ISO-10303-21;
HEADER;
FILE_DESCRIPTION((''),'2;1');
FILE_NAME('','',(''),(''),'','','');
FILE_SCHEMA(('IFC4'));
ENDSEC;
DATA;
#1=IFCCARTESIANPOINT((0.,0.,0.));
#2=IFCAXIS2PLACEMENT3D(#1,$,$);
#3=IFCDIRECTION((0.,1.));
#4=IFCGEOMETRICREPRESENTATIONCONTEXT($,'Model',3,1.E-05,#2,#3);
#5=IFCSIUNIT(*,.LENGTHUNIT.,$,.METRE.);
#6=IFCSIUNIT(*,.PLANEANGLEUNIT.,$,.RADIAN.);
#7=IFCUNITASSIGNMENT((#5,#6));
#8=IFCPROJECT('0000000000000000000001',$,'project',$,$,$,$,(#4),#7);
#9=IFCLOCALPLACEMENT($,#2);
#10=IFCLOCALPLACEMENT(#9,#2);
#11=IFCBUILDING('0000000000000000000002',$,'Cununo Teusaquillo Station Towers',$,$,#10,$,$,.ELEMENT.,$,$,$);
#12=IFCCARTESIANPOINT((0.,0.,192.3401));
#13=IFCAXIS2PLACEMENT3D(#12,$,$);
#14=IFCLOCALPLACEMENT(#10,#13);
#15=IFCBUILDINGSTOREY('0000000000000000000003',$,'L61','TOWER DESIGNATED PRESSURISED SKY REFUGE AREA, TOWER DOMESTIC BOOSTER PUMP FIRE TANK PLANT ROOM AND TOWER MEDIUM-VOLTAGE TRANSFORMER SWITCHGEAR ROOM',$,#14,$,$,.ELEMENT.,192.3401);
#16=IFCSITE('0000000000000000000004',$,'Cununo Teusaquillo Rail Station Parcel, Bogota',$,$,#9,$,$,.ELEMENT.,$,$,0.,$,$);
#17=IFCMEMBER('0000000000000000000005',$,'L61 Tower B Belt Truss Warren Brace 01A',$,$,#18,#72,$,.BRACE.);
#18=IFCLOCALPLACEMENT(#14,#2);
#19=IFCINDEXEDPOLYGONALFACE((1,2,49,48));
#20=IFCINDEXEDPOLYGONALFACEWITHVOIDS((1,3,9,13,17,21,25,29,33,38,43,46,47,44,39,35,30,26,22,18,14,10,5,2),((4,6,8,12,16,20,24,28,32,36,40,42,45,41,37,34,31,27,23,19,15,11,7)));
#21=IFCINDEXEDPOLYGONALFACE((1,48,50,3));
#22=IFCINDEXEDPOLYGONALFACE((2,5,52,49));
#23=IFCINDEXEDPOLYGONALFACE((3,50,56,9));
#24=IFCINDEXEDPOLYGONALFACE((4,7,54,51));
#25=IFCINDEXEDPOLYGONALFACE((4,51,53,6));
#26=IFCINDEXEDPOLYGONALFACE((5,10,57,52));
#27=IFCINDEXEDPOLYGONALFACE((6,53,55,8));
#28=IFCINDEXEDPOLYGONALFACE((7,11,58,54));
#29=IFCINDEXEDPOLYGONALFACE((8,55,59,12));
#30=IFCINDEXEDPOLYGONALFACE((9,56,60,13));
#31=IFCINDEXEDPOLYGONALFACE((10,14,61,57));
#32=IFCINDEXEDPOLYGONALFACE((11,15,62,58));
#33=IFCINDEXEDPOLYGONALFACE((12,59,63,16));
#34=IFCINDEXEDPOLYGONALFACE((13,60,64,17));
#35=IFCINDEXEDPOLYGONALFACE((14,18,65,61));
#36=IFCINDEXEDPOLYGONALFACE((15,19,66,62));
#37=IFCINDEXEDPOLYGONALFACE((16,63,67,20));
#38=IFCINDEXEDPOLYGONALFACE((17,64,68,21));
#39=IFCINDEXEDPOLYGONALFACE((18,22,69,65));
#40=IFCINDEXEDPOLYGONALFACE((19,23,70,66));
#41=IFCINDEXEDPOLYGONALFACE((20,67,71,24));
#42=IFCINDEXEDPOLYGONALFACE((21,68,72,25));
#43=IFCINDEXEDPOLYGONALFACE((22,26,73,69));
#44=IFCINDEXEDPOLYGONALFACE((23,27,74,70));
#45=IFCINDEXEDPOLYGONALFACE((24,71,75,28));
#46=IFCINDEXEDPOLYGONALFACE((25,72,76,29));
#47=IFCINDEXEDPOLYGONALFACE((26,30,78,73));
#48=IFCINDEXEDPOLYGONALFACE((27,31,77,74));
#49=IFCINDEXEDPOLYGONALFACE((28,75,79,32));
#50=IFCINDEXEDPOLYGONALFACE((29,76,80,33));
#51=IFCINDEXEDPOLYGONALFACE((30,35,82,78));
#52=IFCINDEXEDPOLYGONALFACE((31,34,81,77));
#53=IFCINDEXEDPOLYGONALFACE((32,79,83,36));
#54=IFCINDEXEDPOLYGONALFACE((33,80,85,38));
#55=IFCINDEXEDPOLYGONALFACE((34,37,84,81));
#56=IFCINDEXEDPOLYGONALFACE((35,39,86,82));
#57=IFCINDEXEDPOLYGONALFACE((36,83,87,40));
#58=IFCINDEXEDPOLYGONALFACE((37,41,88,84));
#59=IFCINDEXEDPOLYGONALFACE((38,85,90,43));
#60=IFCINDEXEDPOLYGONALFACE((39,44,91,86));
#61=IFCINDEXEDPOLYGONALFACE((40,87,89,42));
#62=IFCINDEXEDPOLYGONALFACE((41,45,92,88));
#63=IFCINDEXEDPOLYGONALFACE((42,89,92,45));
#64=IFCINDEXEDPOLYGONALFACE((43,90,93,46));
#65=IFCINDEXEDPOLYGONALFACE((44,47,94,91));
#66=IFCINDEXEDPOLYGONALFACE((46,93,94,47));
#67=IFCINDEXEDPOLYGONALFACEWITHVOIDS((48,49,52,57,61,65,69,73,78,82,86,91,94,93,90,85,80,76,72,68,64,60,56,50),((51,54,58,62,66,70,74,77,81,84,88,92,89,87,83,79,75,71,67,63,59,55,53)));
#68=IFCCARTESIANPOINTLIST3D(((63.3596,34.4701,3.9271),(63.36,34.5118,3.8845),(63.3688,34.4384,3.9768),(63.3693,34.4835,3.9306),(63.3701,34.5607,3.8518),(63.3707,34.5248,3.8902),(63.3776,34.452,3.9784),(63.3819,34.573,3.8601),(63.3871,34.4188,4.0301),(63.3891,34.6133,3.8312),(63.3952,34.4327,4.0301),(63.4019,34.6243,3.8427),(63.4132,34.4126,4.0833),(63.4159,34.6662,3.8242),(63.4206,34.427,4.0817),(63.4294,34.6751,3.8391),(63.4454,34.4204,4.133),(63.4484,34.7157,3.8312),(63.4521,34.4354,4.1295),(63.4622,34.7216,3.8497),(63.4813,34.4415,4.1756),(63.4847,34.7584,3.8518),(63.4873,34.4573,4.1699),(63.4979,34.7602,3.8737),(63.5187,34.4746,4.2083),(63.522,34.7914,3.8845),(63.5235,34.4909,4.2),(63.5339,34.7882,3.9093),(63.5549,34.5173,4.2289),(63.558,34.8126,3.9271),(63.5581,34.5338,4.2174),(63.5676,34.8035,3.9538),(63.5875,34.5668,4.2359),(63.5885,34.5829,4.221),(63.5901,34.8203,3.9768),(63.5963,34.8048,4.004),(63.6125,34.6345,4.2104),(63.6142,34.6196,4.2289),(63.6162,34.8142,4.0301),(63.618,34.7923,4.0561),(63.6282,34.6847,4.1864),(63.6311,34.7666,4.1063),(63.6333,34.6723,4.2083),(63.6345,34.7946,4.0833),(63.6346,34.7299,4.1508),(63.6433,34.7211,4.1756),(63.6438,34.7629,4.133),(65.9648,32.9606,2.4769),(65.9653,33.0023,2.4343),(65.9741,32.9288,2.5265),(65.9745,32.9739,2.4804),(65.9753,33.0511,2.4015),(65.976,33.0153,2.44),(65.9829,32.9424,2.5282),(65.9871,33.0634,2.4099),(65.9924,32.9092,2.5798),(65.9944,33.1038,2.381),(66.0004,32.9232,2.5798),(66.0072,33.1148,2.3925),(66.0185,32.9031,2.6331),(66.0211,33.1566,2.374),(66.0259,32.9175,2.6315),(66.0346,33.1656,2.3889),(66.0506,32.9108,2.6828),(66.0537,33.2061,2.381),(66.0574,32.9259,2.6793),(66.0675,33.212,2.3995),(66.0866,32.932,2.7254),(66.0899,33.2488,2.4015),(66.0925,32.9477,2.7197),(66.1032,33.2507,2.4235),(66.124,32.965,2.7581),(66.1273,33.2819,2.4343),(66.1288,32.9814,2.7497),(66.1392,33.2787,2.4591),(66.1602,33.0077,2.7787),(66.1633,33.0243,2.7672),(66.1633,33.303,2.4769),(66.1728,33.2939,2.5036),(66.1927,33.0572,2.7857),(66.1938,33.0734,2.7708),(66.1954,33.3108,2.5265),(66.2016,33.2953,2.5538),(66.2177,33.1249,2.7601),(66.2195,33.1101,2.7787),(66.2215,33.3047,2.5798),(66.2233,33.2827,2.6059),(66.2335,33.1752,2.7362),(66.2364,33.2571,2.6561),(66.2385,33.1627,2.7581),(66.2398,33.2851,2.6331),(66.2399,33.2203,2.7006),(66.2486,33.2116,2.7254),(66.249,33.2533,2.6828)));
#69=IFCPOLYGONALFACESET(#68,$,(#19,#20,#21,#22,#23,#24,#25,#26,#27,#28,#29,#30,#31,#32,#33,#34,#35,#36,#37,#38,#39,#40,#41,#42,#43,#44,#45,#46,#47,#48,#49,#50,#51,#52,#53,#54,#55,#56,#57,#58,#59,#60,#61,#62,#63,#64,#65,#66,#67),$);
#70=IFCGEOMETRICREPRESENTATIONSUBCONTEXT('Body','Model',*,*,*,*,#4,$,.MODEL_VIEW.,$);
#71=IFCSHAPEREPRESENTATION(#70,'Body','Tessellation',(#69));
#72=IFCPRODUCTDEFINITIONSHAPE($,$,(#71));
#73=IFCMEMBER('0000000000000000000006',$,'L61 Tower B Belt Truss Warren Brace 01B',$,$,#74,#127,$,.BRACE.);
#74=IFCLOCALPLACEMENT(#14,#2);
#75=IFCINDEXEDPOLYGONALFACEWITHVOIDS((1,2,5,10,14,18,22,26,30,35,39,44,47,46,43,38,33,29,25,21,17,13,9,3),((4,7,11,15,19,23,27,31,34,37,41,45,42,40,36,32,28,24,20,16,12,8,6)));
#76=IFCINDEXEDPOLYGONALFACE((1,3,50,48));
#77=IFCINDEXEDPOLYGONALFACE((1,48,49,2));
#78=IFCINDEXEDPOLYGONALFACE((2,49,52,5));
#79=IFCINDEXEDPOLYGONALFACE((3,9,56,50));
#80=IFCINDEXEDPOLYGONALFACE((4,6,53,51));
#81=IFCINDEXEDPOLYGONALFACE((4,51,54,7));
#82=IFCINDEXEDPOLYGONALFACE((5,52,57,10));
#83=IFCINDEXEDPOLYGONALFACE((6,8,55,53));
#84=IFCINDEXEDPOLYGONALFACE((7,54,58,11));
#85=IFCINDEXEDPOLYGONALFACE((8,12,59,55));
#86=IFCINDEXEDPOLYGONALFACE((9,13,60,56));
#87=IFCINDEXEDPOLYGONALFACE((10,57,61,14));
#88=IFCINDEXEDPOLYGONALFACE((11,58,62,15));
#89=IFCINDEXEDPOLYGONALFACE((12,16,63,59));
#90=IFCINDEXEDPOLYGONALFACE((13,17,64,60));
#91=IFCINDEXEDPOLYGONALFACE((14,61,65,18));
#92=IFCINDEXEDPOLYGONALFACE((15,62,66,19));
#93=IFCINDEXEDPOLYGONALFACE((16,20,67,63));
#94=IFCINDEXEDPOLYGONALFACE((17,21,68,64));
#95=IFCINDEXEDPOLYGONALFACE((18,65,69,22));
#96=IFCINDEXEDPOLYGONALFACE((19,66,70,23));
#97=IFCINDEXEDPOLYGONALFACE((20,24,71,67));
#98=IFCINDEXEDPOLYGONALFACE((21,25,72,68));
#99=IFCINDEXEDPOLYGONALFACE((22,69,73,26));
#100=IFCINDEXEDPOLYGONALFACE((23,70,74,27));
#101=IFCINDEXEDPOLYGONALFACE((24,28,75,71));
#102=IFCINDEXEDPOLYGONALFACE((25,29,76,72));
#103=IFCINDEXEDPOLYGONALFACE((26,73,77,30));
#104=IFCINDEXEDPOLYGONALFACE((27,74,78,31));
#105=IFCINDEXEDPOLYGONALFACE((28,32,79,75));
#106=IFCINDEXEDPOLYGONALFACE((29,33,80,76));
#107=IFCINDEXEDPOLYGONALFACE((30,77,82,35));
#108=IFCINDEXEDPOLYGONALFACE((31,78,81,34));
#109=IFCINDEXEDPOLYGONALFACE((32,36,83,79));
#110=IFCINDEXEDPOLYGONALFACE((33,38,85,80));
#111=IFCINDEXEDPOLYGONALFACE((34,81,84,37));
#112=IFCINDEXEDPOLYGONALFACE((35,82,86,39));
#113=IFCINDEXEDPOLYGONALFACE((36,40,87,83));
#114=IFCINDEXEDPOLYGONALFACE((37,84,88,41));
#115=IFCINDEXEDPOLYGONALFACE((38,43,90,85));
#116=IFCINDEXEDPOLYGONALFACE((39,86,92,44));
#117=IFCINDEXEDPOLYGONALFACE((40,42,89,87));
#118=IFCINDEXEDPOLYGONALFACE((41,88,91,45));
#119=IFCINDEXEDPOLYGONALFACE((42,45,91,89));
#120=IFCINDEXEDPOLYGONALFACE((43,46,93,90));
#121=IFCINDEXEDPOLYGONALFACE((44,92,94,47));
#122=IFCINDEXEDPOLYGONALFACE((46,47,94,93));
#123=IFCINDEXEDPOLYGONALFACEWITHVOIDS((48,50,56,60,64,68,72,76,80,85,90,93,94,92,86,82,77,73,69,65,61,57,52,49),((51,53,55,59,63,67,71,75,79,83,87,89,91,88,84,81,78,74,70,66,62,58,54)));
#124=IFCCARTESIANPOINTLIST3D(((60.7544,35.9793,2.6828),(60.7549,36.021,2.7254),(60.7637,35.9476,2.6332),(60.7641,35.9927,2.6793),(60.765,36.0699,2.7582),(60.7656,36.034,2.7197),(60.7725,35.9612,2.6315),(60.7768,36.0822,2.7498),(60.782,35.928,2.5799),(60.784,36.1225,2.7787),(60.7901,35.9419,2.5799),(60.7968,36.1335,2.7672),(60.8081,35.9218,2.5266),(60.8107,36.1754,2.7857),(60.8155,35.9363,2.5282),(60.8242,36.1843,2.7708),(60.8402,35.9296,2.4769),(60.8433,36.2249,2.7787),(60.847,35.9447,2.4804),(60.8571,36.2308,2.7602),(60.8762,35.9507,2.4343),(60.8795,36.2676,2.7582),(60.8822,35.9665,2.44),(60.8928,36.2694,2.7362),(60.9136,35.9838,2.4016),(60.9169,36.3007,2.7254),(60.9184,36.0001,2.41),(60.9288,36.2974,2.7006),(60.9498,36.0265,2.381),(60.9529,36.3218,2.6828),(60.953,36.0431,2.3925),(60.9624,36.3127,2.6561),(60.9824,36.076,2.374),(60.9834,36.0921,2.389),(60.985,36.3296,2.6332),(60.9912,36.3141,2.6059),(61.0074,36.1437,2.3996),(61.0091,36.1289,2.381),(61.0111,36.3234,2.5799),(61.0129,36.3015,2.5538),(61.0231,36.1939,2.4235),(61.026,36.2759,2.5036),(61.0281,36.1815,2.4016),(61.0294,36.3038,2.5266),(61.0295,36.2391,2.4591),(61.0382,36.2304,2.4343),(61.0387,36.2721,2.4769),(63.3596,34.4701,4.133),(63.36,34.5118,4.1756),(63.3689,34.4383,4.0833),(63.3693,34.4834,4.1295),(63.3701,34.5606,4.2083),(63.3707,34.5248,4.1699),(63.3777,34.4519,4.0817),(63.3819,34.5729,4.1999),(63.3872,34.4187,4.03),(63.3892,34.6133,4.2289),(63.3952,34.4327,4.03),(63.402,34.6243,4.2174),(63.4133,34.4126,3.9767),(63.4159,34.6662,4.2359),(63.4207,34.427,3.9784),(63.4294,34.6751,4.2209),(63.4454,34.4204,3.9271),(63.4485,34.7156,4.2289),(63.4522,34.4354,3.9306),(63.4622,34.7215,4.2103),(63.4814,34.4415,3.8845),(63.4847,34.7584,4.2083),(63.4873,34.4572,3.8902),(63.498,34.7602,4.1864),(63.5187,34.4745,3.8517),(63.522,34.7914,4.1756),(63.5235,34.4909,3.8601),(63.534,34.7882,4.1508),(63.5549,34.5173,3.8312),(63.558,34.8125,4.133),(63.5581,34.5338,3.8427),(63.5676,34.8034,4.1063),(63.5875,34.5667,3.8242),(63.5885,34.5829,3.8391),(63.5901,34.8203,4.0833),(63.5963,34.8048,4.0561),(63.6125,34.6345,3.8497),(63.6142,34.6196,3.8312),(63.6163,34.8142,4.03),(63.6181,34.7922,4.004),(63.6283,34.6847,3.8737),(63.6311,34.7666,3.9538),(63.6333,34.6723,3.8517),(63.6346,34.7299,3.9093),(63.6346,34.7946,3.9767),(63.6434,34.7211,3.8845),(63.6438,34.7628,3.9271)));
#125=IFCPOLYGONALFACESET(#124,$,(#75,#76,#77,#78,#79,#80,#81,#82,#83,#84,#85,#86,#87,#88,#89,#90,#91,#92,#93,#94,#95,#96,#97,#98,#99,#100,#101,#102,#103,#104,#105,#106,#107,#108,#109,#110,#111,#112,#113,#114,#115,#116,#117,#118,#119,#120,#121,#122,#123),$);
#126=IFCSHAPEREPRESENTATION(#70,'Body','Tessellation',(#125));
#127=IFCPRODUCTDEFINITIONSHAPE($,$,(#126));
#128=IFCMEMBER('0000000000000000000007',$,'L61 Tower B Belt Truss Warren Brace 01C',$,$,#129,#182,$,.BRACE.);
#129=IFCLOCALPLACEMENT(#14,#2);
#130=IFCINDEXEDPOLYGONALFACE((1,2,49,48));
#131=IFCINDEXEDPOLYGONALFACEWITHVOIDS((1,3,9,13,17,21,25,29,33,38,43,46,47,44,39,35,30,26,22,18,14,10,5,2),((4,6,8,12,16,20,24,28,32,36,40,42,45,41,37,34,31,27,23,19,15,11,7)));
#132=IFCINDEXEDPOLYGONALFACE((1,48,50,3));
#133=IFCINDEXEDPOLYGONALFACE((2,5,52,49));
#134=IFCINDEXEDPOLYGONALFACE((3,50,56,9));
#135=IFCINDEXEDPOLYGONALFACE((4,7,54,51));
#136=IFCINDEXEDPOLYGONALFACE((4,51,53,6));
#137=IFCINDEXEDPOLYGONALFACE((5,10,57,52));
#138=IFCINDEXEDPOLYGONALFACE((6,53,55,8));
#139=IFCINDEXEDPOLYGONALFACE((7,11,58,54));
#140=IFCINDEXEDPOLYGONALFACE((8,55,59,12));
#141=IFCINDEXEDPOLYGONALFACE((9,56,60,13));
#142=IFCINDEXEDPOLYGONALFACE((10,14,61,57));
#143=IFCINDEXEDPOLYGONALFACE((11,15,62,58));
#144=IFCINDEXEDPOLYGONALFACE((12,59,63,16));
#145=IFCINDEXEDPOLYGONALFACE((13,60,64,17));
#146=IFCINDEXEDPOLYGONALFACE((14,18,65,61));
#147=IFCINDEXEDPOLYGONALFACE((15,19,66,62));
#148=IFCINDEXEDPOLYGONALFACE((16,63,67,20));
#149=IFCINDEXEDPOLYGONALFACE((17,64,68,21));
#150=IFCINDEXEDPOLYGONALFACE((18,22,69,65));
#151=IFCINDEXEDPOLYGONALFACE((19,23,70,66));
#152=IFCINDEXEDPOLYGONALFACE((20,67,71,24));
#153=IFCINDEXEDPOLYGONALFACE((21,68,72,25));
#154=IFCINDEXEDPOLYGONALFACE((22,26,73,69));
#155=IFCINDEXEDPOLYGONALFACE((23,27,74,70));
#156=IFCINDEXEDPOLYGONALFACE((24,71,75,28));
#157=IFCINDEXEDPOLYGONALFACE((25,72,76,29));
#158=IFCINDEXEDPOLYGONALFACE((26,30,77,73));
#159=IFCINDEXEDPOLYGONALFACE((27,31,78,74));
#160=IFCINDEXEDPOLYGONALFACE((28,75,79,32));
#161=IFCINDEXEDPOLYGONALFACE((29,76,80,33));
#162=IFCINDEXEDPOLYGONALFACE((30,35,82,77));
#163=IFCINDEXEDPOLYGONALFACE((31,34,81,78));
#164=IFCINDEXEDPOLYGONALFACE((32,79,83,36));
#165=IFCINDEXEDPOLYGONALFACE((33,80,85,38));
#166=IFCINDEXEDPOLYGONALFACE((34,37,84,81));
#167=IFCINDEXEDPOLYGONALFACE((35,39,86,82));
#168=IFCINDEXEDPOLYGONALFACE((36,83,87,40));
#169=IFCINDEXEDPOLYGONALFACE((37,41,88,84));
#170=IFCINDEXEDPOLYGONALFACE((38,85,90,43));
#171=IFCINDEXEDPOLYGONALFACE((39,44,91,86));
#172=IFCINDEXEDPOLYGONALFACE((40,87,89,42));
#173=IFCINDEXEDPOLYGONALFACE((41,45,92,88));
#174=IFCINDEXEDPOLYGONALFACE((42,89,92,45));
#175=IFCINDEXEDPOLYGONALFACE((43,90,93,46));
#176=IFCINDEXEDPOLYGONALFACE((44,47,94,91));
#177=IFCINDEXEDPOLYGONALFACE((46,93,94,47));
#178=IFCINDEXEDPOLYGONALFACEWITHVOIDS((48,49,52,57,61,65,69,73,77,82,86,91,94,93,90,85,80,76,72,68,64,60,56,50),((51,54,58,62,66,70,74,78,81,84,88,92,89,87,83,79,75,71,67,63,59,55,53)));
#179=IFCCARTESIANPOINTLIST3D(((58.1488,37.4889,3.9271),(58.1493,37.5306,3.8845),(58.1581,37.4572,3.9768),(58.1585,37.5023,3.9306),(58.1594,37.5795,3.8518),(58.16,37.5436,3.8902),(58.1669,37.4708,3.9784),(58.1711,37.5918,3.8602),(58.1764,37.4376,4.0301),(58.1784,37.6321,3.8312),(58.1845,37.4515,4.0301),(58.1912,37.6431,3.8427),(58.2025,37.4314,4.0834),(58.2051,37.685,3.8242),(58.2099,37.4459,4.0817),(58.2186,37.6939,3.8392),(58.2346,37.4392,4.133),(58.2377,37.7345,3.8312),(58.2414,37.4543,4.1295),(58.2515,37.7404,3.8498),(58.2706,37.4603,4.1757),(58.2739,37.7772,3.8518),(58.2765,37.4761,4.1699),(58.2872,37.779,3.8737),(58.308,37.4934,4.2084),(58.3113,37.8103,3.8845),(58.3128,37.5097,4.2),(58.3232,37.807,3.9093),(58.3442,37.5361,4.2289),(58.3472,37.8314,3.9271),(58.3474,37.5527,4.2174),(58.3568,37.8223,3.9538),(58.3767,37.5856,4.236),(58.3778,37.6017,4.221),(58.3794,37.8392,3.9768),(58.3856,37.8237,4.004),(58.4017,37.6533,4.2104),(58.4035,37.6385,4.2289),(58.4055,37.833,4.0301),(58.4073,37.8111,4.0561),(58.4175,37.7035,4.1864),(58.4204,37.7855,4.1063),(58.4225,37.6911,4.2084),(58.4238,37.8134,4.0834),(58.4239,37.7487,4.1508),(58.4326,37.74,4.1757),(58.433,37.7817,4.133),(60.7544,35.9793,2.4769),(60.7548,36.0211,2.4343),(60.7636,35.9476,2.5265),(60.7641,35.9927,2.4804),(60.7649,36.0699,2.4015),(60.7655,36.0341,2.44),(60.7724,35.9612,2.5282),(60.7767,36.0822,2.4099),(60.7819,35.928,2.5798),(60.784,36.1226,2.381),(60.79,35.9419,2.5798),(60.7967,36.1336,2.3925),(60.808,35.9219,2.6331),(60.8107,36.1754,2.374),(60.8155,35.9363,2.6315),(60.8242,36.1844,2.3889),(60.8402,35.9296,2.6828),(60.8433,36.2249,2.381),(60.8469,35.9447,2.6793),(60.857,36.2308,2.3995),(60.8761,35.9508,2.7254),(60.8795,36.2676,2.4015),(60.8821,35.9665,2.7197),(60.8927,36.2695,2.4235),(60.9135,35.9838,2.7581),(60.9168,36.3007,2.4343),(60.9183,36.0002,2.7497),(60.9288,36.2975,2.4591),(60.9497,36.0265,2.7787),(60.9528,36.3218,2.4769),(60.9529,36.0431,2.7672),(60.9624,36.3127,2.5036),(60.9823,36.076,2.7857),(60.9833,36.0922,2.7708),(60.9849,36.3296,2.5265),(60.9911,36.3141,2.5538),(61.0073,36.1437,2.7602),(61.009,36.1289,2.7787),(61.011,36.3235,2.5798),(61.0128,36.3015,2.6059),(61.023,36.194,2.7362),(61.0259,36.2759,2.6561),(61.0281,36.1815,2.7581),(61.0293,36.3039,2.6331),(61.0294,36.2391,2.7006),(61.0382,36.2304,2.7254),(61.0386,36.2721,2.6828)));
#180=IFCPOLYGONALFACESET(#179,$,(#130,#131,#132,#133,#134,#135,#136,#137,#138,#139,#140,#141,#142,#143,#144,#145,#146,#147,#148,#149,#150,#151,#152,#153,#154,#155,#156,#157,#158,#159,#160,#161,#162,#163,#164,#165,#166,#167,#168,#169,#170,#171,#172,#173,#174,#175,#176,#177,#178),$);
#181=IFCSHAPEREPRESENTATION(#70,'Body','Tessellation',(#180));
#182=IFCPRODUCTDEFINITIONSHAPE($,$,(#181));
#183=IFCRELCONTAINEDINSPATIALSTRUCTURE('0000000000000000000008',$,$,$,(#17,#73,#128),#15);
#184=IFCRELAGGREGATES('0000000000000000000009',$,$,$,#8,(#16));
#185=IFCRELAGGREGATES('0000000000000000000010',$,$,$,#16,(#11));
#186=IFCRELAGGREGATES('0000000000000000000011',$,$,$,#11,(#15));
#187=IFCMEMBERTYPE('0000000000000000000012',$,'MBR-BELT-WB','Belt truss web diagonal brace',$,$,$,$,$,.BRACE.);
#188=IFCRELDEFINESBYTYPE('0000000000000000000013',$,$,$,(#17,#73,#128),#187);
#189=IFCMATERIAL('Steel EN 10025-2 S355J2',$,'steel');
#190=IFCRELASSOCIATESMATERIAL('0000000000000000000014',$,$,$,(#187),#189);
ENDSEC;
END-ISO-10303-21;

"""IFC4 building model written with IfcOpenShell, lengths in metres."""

from ifc_helpers import new_model, si_unit, direction, frame, origin, origin_2d, place, context, subcontext, project, spatial, hollow_circle, extrude, material, material_profile, profile_set, type_object, element, save


model = new_model("IFC4")

# Units and contexts
model_context = context("Model", 3, precision=1e-05, world=origin(), true_north=direction((0.0, 1.0)))
body_context = subcontext(model_context, "Body", "Model", "MODEL_VIEW")
ifc_project = project(units=[si_unit("LENGTHUNIT", "METRE"), si_unit("PLANEANGLEUNIT", "RADIAN")], contexts=[model_context])

# Site, building, storey
site_placement = place(None, origin())
site = spatial("IfcSite", under=ifc_project, at=site_placement, Name="Cununo Teusaquillo Rail Station Parcel, Bogota", CompositionType="ELEMENT", RefElevation=0.0)
building_placement = place(site_placement, origin())
building = spatial("IfcBuilding", under=site, at=building_placement, Name="Cununo Teusaquillo Station Towers", CompositionType="ELEMENT")
storey_placement = place(building_placement, frame((0.0, 0.0, 192.3401)))
storey = spatial("IfcBuildingStorey", under=building, at=storey_placement, Name="L61", Description="TOWER DESIGNATED PRESSURISED SKY REFUGE AREA, TOWER DOMESTIC BOOSTER PUMP FIRE TANK PLANT ROOM AND TOWER MEDIUM-VOLTAGE TRANSFORMER SWITCHGEAR ROOM", CompositionType="ELEMENT", Elevation=192.3401)

# Members
ifc_material_1 = material(Name="Steel EN 10025-2 S355J2", Category="steel")
ifc_material_profile_1 = material_profile(ifc_material_1, hollow_circle(Radius=0.2285, WallThickness=0.0161, at=origin_2d()), Name="CHS 457x16")
ifc_profile_set_1 = profile_set([ifc_material_profile_1], Name="Steel EN 10025-2 S355J2")
member_type_1 = type_object("IfcMemberType", Name="MBR-BELT-WB", Description="Belt truss web diagonal brace", PredefinedType="BRACE", material=ifc_profile_set_1)
member_1_placement = place(storey_placement, frame((66.1069, 33.1069, 2.5798), z_axis=(-0.779542, 0.451683, 0.433931), x_axis=(-0.501343, -0.865249, 0.0)))
element("IfcMember", 1, at=member_1_placement, inside=storey, type_object=member_type_1, Name="L61 Tower B Belt Truss Warren Brace 01A", PredefinedType="BRACE", context=body_context, shape_type="SweptSolid", body=[
    extrude(hollow_circle(Radius=0.2285, WallThickness=0.0161, at=origin_2d()), origin(), (0.0, 0.0, 1.0), 3.342),
])
member_2_placement = place(storey_placement, frame((63.5017, 34.6165, 4.03), z_axis=(-0.779568, 0.451625, -0.433946), x_axis=(-0.501282, -0.865284, 0.0)))
element("IfcMember", 2, at=member_2_placement, inside=storey, type_object=member_type_1, Name="L61 Tower B Belt Truss Warren Brace 01B", PredefinedType="BRACE", context=body_context, shape_type="SweptSolid", body=[
    extrude(hollow_circle(Radius=0.2285, WallThickness=0.0161, at=origin_2d()), origin(), (0.0, 0.0, 1.0), 3.3418),
])
member_3_placement = place(storey_placement, frame((60.8965, 36.1257, 2.5798), z_axis=(-0.779571, 0.451657, 0.433907), x_axis=(-0.501308, -0.865269, 0.0)))
element("IfcMember", 3, at=member_3_placement, inside=storey, type_object=member_type_1, Name="L61 Tower B Belt Truss Warren Brace 01C", PredefinedType="BRACE", context=body_context, shape_type="SweptSolid", body=[
    extrude(hollow_circle(Radius=0.2285, WallThickness=0.0161, at=origin_2d()), origin(), (0.0, 0.0, 1.0), 3.3423),
])

save(model, "model.ifc")
